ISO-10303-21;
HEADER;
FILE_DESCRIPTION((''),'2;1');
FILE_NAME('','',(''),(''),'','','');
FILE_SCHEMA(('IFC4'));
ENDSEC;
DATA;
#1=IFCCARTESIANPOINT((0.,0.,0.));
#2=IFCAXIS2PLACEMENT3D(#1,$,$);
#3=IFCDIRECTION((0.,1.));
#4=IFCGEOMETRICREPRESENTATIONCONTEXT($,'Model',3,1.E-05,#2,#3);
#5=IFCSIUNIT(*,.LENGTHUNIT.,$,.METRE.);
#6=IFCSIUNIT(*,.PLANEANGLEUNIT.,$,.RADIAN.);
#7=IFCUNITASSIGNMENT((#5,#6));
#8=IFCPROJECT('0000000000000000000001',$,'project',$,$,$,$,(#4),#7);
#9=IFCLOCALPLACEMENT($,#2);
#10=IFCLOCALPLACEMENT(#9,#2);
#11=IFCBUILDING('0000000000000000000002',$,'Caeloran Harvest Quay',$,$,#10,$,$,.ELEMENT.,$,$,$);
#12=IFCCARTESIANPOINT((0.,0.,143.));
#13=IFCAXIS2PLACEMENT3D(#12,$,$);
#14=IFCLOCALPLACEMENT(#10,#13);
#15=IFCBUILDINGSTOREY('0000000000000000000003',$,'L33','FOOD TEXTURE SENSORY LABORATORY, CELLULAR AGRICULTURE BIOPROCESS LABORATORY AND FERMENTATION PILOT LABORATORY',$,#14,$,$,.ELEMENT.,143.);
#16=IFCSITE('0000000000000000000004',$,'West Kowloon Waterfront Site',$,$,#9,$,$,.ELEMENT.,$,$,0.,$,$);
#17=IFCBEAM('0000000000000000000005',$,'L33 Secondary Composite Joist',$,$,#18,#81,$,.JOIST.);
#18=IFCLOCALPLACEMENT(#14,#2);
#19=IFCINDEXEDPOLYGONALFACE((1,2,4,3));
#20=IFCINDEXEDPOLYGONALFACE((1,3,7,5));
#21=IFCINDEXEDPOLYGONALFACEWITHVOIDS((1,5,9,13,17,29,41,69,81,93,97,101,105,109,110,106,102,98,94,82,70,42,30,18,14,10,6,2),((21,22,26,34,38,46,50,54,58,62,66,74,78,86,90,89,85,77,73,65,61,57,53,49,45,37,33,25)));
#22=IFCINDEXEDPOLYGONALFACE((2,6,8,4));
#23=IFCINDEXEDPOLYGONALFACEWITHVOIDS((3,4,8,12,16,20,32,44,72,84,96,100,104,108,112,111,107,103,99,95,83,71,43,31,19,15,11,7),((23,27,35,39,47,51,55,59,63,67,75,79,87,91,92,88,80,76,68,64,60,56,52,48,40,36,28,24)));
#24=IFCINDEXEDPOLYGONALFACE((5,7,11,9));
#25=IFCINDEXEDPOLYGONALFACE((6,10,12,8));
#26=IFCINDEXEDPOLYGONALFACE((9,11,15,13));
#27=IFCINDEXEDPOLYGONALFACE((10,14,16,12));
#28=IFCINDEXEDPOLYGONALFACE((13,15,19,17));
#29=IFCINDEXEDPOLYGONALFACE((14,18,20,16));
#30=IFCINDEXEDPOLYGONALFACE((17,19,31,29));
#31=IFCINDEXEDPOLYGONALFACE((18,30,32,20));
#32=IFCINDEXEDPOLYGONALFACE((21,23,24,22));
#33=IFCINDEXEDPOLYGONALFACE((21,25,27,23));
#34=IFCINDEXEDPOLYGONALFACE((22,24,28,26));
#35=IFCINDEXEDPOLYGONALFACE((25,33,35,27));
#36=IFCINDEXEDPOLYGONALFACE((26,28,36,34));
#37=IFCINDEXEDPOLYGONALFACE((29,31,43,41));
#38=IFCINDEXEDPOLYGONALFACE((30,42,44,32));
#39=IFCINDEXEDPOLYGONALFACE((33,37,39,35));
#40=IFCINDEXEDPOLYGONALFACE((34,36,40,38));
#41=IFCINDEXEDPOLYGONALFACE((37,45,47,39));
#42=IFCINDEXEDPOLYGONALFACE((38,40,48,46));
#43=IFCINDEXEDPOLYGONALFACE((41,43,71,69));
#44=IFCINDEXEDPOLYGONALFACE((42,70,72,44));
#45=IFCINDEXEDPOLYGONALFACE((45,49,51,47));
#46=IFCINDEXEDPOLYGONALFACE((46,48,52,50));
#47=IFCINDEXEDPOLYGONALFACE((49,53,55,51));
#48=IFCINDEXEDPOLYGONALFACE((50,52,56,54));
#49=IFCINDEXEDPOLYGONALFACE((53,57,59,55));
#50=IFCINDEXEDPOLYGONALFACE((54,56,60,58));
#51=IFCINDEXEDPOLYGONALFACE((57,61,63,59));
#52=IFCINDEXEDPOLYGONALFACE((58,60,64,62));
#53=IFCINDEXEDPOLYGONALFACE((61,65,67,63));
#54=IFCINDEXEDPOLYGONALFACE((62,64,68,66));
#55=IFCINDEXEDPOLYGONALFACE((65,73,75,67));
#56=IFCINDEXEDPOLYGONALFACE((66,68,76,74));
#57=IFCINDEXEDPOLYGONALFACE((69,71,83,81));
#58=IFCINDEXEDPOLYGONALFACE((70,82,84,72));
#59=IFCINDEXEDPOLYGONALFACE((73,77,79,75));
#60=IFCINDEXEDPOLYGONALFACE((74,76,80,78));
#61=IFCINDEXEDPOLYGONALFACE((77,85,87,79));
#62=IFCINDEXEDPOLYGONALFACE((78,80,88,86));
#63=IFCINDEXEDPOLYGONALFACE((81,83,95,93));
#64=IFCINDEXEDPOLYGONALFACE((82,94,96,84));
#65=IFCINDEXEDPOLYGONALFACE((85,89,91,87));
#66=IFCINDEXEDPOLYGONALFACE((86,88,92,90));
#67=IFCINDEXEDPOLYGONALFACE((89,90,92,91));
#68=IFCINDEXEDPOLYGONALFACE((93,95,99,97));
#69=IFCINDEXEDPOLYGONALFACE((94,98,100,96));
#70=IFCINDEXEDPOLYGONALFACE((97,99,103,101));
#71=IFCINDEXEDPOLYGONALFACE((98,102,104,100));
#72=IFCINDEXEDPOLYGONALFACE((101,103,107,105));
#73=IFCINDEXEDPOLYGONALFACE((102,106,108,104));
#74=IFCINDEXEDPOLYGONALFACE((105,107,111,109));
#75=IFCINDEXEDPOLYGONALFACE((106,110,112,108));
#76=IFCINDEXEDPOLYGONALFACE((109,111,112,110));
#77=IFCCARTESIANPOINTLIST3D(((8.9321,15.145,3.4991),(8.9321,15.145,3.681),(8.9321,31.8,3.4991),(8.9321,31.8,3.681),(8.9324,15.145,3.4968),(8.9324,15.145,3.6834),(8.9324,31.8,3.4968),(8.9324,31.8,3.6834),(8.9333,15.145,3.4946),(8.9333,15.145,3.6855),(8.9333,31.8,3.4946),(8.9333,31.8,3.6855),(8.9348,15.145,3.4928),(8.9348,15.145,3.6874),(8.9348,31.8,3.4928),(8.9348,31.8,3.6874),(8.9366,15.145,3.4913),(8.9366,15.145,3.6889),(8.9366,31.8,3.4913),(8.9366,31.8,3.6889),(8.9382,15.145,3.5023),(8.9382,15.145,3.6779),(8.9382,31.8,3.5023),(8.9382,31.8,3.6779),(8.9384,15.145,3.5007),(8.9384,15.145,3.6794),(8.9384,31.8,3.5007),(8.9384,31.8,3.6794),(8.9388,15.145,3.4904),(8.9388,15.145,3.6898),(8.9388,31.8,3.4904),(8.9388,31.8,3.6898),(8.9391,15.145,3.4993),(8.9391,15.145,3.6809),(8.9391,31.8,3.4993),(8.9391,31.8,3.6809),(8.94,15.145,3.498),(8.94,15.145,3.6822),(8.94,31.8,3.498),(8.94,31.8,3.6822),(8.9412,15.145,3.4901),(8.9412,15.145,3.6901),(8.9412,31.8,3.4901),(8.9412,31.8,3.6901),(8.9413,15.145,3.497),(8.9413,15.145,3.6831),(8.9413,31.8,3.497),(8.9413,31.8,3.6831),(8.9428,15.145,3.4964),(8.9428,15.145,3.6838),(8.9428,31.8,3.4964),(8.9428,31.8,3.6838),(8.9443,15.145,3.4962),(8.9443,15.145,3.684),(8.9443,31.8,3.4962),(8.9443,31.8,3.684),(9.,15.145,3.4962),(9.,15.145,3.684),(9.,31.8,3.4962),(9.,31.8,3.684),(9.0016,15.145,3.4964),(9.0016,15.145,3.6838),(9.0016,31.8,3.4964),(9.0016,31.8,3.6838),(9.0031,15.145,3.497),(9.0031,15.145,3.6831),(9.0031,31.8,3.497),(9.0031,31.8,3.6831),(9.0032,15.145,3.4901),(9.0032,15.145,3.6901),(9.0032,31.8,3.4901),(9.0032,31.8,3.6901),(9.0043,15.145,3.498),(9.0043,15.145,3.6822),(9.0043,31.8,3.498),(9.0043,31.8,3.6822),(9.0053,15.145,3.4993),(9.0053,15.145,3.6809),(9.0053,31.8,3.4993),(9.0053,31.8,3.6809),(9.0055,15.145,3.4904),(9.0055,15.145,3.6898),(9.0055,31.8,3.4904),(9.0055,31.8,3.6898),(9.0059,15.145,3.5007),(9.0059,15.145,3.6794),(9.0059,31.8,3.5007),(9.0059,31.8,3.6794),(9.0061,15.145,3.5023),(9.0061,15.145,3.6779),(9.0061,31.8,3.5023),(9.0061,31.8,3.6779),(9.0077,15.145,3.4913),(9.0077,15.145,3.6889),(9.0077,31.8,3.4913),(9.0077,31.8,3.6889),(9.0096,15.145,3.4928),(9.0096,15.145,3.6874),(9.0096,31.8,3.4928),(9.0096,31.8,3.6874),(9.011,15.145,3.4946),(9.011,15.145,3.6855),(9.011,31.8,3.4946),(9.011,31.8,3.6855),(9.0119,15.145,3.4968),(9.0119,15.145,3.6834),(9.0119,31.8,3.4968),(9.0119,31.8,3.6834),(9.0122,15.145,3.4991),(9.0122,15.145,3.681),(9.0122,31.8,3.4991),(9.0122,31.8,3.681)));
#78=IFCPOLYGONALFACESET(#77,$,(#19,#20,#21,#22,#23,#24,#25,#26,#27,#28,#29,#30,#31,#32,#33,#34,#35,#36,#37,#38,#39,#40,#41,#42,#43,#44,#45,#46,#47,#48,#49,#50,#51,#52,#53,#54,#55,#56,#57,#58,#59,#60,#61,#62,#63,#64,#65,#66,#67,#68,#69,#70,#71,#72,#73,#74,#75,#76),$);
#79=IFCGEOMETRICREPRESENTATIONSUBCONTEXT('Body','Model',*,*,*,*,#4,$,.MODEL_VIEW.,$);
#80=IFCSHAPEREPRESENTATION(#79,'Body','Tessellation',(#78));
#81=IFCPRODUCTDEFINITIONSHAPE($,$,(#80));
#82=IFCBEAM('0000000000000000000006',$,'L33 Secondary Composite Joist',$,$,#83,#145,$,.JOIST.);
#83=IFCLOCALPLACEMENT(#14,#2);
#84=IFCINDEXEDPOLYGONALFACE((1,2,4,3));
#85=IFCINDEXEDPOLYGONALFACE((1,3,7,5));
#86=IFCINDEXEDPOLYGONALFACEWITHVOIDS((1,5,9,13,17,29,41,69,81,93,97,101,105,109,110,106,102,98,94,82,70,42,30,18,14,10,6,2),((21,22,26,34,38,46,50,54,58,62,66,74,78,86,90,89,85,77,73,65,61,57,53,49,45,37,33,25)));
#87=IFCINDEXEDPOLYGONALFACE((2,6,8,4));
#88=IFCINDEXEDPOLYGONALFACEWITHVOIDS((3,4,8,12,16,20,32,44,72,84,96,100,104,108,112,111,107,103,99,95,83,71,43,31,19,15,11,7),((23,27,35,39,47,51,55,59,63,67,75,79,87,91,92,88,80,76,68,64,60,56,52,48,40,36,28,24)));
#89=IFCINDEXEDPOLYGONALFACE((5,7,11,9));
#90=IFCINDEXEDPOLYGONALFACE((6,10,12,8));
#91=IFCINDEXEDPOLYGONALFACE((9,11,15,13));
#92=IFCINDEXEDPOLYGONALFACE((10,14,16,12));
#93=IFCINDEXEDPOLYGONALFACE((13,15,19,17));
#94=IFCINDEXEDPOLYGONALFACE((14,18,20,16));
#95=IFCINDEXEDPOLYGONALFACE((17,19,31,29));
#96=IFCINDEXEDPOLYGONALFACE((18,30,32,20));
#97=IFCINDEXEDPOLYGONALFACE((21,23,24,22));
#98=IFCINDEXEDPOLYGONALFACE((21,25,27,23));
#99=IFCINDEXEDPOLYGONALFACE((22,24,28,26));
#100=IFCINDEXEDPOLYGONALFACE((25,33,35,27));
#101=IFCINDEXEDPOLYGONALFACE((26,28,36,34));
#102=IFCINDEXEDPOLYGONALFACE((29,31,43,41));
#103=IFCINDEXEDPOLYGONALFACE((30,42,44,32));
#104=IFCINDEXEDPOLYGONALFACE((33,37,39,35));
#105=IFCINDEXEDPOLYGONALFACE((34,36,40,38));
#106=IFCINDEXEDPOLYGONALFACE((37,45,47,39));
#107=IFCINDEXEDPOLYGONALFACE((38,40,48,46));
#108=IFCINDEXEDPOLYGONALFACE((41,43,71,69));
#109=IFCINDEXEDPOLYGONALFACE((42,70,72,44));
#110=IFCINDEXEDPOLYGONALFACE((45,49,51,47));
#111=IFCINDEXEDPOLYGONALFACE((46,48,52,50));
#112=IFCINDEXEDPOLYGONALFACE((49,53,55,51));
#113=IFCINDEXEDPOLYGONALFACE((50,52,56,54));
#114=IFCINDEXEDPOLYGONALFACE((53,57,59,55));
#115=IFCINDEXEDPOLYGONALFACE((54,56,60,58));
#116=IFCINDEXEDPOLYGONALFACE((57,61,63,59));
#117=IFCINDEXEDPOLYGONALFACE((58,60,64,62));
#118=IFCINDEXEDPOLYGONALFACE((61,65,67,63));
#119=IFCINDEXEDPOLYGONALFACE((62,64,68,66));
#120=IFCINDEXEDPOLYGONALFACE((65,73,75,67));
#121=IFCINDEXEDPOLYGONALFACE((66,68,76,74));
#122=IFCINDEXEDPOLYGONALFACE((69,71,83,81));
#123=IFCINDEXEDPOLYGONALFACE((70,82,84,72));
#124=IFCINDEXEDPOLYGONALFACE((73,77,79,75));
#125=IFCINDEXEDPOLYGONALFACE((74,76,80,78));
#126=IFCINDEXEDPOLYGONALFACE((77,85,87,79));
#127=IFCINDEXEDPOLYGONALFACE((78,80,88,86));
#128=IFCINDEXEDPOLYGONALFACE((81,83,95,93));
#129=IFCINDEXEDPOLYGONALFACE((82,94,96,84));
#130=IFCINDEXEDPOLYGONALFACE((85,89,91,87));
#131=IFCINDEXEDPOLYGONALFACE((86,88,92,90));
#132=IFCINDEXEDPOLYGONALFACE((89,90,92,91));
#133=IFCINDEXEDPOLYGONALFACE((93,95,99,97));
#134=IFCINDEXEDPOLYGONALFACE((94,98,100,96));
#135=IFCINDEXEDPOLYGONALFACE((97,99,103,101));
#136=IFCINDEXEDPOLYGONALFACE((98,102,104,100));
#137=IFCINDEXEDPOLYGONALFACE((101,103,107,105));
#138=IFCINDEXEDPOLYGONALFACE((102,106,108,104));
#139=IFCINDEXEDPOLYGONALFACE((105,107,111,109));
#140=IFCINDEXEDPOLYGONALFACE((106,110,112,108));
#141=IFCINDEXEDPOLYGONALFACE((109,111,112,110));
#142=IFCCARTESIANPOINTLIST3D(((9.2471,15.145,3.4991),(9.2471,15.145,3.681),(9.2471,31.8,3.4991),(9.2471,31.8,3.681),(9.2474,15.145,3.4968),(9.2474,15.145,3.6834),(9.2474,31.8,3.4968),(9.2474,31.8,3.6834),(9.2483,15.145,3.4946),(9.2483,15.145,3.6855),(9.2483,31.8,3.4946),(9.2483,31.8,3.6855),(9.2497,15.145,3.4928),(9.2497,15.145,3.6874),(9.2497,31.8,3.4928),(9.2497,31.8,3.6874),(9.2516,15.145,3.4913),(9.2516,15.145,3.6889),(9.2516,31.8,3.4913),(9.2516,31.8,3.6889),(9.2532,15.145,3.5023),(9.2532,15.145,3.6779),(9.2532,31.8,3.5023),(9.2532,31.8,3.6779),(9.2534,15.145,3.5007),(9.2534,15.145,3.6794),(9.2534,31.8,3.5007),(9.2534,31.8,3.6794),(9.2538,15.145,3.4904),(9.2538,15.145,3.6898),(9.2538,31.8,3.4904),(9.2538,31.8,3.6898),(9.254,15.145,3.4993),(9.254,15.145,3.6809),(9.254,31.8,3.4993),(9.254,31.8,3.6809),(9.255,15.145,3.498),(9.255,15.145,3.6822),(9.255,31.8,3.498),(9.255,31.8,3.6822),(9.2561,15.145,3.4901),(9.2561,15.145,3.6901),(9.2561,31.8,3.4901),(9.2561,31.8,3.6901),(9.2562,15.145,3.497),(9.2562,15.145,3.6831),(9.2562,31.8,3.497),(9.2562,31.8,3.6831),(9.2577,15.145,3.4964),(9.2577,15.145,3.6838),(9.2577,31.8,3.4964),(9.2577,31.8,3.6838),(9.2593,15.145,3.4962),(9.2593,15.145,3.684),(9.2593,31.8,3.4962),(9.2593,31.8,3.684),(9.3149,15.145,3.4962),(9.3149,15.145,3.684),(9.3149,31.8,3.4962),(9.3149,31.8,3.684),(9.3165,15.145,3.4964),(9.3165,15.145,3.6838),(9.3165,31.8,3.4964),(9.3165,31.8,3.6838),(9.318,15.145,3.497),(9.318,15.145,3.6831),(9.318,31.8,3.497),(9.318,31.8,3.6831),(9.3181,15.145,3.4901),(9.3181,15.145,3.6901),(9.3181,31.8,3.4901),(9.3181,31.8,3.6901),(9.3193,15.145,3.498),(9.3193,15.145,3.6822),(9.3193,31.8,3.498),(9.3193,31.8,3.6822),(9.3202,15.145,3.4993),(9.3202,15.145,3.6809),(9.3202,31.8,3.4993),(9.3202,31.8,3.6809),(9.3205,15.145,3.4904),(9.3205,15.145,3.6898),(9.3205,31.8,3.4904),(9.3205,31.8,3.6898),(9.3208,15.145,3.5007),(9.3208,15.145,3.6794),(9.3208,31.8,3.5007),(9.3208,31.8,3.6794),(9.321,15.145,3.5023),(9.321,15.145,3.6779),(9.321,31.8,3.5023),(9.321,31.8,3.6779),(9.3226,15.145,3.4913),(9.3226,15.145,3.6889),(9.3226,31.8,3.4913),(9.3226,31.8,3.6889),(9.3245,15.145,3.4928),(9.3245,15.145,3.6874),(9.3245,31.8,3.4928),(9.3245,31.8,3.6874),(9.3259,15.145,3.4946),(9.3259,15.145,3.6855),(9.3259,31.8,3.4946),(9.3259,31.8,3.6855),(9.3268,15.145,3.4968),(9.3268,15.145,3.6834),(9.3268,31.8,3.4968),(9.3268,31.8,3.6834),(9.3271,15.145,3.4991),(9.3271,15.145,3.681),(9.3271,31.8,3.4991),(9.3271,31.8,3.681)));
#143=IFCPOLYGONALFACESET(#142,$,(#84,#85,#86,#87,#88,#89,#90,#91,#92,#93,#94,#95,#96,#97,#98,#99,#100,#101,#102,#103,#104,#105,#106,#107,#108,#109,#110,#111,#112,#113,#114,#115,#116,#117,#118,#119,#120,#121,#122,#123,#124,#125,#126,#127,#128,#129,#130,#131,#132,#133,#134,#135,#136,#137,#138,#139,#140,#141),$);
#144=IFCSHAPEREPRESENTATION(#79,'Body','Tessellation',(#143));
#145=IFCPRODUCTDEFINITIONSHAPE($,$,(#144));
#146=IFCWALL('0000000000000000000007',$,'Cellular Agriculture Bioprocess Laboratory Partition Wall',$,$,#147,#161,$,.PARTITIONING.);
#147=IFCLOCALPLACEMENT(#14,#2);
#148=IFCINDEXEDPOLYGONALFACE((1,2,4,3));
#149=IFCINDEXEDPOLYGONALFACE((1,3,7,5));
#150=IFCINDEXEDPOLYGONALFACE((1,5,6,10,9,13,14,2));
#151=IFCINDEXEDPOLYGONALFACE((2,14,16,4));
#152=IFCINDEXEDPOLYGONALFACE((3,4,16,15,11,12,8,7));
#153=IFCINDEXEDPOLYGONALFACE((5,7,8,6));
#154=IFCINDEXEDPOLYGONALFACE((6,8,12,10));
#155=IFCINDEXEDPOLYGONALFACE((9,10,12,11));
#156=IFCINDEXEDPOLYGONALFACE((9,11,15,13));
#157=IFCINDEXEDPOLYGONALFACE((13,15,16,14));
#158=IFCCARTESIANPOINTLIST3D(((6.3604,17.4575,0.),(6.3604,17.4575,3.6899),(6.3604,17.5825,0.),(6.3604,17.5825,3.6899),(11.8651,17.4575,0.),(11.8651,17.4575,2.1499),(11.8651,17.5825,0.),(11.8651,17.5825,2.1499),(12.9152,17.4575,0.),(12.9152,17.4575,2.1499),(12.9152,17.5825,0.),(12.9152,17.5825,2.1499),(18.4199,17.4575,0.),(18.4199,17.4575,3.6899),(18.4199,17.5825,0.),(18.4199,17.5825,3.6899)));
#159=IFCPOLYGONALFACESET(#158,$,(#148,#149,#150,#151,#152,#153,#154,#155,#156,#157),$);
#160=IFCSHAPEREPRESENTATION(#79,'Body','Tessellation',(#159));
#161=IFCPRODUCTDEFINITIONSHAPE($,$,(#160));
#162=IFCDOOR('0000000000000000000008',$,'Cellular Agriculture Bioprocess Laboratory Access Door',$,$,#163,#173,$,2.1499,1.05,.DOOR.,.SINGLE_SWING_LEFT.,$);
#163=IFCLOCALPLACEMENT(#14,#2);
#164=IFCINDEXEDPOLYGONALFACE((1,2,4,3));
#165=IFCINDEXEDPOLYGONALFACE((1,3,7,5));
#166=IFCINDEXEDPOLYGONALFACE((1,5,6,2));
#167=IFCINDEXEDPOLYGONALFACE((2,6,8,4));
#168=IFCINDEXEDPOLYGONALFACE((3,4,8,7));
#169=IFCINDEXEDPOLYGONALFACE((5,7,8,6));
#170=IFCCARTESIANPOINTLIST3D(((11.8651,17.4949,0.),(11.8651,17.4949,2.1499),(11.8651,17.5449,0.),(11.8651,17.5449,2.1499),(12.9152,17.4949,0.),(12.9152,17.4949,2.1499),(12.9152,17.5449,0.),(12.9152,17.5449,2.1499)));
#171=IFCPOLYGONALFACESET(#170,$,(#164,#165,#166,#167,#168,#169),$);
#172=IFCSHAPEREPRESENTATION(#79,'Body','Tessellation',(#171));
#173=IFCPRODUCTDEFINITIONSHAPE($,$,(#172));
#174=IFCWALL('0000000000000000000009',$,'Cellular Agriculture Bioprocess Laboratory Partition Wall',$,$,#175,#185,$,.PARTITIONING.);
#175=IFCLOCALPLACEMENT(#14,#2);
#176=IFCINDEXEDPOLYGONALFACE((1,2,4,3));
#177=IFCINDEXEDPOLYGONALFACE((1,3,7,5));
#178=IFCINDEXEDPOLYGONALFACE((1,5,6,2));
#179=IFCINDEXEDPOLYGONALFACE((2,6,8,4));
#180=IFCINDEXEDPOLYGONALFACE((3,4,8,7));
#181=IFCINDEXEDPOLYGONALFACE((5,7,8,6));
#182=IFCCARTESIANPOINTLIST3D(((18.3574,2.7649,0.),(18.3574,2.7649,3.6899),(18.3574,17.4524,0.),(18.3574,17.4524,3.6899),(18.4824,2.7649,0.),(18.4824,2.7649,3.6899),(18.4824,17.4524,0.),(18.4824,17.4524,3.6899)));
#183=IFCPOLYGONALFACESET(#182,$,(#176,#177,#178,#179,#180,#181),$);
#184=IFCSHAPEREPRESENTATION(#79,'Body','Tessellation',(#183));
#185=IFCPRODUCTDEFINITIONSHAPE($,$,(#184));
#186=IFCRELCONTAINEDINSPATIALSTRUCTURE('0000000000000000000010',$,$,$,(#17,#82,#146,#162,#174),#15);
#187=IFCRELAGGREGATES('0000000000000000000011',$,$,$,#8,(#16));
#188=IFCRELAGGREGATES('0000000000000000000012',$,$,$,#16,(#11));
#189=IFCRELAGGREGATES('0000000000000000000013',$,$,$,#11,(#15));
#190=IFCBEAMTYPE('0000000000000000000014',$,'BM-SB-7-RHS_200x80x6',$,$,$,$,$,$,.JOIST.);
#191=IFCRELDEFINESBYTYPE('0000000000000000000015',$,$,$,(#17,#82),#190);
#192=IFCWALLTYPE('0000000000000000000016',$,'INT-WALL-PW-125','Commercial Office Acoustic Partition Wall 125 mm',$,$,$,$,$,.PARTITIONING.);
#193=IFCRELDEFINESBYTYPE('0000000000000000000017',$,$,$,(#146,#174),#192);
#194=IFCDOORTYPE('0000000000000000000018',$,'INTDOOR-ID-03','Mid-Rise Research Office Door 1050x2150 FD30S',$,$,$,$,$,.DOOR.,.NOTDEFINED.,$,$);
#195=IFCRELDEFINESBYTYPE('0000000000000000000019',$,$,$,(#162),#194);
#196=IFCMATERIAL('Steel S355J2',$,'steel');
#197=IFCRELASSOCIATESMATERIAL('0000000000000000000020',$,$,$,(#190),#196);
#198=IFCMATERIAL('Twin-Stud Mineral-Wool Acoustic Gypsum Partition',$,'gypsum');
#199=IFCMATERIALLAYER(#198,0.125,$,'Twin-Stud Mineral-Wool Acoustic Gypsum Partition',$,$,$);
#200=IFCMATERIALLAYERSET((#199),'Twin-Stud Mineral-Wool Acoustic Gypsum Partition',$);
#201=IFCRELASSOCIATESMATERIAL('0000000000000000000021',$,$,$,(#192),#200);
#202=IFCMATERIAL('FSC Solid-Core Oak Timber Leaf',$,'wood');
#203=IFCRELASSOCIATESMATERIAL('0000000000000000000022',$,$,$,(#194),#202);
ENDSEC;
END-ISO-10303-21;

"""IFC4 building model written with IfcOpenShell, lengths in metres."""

from ifc_helpers import new_model, si_unit, direction, frame, frame_2d, origin, origin_2d, place, context, subcontext, project, spatial, rectangle, hollow_rectangle, extrude, material, layer, layer_set, material_profile, profile_set, type_object, element, fill, save


model = new_model("IFC4")

# Units and contexts
model_context = context("Model", 3, precision=1e-05, world=origin(), true_north=direction((0.0, 1.0)))
body_context = subcontext(model_context, "Body", "Model", "MODEL_VIEW")
ifc_project = project(units=[si_unit("LENGTHUNIT", "METRE"), si_unit("PLANEANGLEUNIT", "RADIAN")], contexts=[model_context])

# Site, building, storey
site_placement = place(None, origin())
site = spatial("IfcSite", under=ifc_project, at=site_placement, Name="West Kowloon Waterfront Site", CompositionType="ELEMENT", RefElevation=0.0)
building_placement = place(site_placement, origin())
building = spatial("IfcBuilding", under=site, at=building_placement, Name="Caeloran Harvest Quay", CompositionType="ELEMENT")
storey_placement = place(building_placement, frame((0.0, 0.0, 143.0)))
storey = spatial("IfcBuildingStorey", under=building, at=storey_placement, Name="L33", Description="FOOD TEXTURE SENSORY LABORATORY, CELLULAR AGRICULTURE BIOPROCESS LABORATORY AND FERMENTATION PILOT LABORATORY", CompositionType="ELEMENT", Elevation=143.0)

# Beams
ifc_material_1 = material(Name="Steel S355J2", Category="steel")
ifc_material_profile_1 = material_profile(ifc_material_1, hollow_rectangle(XDim=0.0801, YDim=0.2, WallThickness=0.0061, InnerFilletRadius=0.0061, OuterFilletRadius=0.009, at=origin_2d()), Name="RHS 200x80x6")
ifc_profile_set_1 = profile_set([ifc_material_profile_1], Name="Steel S355J2")
beam_type_1 = type_object("IfcBeamType", Name="BM-SB-7-RHS_200x80x6", PredefinedType="JOIST", material=ifc_profile_set_1)
for number, where, z_axis, x_axis, name in (
    (1, (8.9722, 15.145, 3.5901), (0.0, 1.0, 0.0), (-1.0, 0.0, 0.0), "L33 Secondary Composite Joist"),
    (2, (9.2871, 15.145, 3.5901), (0.0, 1.0, 0.0), (-1.0, 0.0, 0.0), "L33 Secondary Composite Joist"),
):
    element("IfcBeam", number, at=place(storey_placement, frame(where, z_axis=z_axis, x_axis=x_axis)), inside=storey, type_object=beam_type_1, Name=name, PredefinedType="JOIST", context=body_context, shape_type="SweptSolid", body=[
        extrude(hollow_rectangle(XDim=0.0801, YDim=0.2, WallThickness=0.0061, InnerFilletRadius=0.0061, OuterFilletRadius=0.009, at=origin_2d()), origin(), (0.0, 0.0, 1.0), 16.655),
    ])

# Wall, opening, door
ifc_material_2 = material(Name="Twin-Stud Mineral-Wool Acoustic Gypsum Partition", Category="gypsum")
ifc_layer_1 = layer(ifc_material_2, 0.125, Name="Twin-Stud Mineral-Wool Acoustic Gypsum Partition")
ifc_layer_set_1 = layer_set([ifc_layer_1], Name="Twin-Stud Mineral-Wool Acoustic Gypsum Partition")
wall_type = type_object("IfcWallType", Name="INT-WALL-PW-125", Description="Commercial Office Acoustic Partition Wall 125 mm", PredefinedType="PARTITIONING", material=ifc_layer_set_1)
wall_1_placement = place(storey_placement, frame((6.3604, 17.52, 0.0), z_axis=(0.0, 0.0, 1.0), x_axis=(1.0, 0.0, 0.0)))
wall_1 = element("IfcWall", 3, at=wall_1_placement, inside=storey, type_object=wall_type, Name="Cellular Agriculture Bioprocess Laboratory Partition Wall", PredefinedType="PARTITIONING", context=body_context, shape_type="SweptSolid", body=[
    extrude(rectangle(XDim=12.0596, YDim=0.125, at=frame_2d((6.0298, 0.0))), origin(), (0.0, 0.0, 1.0), 3.6899),
])
opening_1_placement = place(wall_1_placement, frame((5.5049, 0.0, 0.0)))
opening_1 = element("IfcOpeningElement", 4, at=opening_1_placement, cuts=wall_1, PredefinedType="OPENING", context=body_context, shape_type="SweptSolid", body=[
    extrude(rectangle(XDim=1.05, YDim=2.1499, at=frame_2d((0.5249, 1.075))), frame((0.0, 0.0725, 0.0), z_axis=(0.0, -1.0, 0.0), x_axis=(1.0, 0.0, 0.0)), (0.0, 0.0, 1.0), 0.145),
])
ifc_material_3 = material(Name="FSC Solid-Core Oak Timber Leaf", Category="wood")
door_type = type_object("IfcDoorType", Name="INTDOOR-ID-03", Description="Mid-Rise Research Office Door 1050x2150 FD30S", OperationType="NOTDEFINED", PredefinedType="DOOR", material=ifc_material_3)
door_1_placement = place(opening_1_placement, origin())
door_1 = element("IfcDoor", 5, at=door_1_placement, inside=storey, type_object=door_type, Name="Cellular Agriculture Bioprocess Laboratory Access Door", OperationType="SINGLE_SWING_LEFT", OverallHeight=2.1499, OverallWidth=1.05, PredefinedType="DOOR", context=body_context, shape_type="SweptSolid", body=[
    extrude(rectangle(XDim=1.05, YDim=2.1499, at=frame_2d((0.5249, 1.075))), frame((0.0, 0.0249, 0.0), z_axis=(0.0, -1.0, 0.0), x_axis=(1.0, 0.0, 0.0)), (0.0, 0.0, 1.0), 0.05),
])
fill(opening_1, door_1)

# Wall
wall_2_placement = place(storey_placement, frame((18.4199, 17.4524, 0.0), z_axis=(0.0, 0.0, 1.0), x_axis=(0.0, -1.0, 0.0)))
element("IfcWall", 6, at=wall_2_placement, inside=storey, type_object=wall_type, Name="Cellular Agriculture Bioprocess Laboratory Partition Wall", PredefinedType="PARTITIONING", context=body_context, shape_type="SweptSolid", body=[
    extrude(rectangle(XDim=14.6875, YDim=0.125, at=frame_2d((7.3438, 0.0))), origin(), (0.0, 0.0, 1.0), 3.6899),
])

save(model, "model.ifc")
